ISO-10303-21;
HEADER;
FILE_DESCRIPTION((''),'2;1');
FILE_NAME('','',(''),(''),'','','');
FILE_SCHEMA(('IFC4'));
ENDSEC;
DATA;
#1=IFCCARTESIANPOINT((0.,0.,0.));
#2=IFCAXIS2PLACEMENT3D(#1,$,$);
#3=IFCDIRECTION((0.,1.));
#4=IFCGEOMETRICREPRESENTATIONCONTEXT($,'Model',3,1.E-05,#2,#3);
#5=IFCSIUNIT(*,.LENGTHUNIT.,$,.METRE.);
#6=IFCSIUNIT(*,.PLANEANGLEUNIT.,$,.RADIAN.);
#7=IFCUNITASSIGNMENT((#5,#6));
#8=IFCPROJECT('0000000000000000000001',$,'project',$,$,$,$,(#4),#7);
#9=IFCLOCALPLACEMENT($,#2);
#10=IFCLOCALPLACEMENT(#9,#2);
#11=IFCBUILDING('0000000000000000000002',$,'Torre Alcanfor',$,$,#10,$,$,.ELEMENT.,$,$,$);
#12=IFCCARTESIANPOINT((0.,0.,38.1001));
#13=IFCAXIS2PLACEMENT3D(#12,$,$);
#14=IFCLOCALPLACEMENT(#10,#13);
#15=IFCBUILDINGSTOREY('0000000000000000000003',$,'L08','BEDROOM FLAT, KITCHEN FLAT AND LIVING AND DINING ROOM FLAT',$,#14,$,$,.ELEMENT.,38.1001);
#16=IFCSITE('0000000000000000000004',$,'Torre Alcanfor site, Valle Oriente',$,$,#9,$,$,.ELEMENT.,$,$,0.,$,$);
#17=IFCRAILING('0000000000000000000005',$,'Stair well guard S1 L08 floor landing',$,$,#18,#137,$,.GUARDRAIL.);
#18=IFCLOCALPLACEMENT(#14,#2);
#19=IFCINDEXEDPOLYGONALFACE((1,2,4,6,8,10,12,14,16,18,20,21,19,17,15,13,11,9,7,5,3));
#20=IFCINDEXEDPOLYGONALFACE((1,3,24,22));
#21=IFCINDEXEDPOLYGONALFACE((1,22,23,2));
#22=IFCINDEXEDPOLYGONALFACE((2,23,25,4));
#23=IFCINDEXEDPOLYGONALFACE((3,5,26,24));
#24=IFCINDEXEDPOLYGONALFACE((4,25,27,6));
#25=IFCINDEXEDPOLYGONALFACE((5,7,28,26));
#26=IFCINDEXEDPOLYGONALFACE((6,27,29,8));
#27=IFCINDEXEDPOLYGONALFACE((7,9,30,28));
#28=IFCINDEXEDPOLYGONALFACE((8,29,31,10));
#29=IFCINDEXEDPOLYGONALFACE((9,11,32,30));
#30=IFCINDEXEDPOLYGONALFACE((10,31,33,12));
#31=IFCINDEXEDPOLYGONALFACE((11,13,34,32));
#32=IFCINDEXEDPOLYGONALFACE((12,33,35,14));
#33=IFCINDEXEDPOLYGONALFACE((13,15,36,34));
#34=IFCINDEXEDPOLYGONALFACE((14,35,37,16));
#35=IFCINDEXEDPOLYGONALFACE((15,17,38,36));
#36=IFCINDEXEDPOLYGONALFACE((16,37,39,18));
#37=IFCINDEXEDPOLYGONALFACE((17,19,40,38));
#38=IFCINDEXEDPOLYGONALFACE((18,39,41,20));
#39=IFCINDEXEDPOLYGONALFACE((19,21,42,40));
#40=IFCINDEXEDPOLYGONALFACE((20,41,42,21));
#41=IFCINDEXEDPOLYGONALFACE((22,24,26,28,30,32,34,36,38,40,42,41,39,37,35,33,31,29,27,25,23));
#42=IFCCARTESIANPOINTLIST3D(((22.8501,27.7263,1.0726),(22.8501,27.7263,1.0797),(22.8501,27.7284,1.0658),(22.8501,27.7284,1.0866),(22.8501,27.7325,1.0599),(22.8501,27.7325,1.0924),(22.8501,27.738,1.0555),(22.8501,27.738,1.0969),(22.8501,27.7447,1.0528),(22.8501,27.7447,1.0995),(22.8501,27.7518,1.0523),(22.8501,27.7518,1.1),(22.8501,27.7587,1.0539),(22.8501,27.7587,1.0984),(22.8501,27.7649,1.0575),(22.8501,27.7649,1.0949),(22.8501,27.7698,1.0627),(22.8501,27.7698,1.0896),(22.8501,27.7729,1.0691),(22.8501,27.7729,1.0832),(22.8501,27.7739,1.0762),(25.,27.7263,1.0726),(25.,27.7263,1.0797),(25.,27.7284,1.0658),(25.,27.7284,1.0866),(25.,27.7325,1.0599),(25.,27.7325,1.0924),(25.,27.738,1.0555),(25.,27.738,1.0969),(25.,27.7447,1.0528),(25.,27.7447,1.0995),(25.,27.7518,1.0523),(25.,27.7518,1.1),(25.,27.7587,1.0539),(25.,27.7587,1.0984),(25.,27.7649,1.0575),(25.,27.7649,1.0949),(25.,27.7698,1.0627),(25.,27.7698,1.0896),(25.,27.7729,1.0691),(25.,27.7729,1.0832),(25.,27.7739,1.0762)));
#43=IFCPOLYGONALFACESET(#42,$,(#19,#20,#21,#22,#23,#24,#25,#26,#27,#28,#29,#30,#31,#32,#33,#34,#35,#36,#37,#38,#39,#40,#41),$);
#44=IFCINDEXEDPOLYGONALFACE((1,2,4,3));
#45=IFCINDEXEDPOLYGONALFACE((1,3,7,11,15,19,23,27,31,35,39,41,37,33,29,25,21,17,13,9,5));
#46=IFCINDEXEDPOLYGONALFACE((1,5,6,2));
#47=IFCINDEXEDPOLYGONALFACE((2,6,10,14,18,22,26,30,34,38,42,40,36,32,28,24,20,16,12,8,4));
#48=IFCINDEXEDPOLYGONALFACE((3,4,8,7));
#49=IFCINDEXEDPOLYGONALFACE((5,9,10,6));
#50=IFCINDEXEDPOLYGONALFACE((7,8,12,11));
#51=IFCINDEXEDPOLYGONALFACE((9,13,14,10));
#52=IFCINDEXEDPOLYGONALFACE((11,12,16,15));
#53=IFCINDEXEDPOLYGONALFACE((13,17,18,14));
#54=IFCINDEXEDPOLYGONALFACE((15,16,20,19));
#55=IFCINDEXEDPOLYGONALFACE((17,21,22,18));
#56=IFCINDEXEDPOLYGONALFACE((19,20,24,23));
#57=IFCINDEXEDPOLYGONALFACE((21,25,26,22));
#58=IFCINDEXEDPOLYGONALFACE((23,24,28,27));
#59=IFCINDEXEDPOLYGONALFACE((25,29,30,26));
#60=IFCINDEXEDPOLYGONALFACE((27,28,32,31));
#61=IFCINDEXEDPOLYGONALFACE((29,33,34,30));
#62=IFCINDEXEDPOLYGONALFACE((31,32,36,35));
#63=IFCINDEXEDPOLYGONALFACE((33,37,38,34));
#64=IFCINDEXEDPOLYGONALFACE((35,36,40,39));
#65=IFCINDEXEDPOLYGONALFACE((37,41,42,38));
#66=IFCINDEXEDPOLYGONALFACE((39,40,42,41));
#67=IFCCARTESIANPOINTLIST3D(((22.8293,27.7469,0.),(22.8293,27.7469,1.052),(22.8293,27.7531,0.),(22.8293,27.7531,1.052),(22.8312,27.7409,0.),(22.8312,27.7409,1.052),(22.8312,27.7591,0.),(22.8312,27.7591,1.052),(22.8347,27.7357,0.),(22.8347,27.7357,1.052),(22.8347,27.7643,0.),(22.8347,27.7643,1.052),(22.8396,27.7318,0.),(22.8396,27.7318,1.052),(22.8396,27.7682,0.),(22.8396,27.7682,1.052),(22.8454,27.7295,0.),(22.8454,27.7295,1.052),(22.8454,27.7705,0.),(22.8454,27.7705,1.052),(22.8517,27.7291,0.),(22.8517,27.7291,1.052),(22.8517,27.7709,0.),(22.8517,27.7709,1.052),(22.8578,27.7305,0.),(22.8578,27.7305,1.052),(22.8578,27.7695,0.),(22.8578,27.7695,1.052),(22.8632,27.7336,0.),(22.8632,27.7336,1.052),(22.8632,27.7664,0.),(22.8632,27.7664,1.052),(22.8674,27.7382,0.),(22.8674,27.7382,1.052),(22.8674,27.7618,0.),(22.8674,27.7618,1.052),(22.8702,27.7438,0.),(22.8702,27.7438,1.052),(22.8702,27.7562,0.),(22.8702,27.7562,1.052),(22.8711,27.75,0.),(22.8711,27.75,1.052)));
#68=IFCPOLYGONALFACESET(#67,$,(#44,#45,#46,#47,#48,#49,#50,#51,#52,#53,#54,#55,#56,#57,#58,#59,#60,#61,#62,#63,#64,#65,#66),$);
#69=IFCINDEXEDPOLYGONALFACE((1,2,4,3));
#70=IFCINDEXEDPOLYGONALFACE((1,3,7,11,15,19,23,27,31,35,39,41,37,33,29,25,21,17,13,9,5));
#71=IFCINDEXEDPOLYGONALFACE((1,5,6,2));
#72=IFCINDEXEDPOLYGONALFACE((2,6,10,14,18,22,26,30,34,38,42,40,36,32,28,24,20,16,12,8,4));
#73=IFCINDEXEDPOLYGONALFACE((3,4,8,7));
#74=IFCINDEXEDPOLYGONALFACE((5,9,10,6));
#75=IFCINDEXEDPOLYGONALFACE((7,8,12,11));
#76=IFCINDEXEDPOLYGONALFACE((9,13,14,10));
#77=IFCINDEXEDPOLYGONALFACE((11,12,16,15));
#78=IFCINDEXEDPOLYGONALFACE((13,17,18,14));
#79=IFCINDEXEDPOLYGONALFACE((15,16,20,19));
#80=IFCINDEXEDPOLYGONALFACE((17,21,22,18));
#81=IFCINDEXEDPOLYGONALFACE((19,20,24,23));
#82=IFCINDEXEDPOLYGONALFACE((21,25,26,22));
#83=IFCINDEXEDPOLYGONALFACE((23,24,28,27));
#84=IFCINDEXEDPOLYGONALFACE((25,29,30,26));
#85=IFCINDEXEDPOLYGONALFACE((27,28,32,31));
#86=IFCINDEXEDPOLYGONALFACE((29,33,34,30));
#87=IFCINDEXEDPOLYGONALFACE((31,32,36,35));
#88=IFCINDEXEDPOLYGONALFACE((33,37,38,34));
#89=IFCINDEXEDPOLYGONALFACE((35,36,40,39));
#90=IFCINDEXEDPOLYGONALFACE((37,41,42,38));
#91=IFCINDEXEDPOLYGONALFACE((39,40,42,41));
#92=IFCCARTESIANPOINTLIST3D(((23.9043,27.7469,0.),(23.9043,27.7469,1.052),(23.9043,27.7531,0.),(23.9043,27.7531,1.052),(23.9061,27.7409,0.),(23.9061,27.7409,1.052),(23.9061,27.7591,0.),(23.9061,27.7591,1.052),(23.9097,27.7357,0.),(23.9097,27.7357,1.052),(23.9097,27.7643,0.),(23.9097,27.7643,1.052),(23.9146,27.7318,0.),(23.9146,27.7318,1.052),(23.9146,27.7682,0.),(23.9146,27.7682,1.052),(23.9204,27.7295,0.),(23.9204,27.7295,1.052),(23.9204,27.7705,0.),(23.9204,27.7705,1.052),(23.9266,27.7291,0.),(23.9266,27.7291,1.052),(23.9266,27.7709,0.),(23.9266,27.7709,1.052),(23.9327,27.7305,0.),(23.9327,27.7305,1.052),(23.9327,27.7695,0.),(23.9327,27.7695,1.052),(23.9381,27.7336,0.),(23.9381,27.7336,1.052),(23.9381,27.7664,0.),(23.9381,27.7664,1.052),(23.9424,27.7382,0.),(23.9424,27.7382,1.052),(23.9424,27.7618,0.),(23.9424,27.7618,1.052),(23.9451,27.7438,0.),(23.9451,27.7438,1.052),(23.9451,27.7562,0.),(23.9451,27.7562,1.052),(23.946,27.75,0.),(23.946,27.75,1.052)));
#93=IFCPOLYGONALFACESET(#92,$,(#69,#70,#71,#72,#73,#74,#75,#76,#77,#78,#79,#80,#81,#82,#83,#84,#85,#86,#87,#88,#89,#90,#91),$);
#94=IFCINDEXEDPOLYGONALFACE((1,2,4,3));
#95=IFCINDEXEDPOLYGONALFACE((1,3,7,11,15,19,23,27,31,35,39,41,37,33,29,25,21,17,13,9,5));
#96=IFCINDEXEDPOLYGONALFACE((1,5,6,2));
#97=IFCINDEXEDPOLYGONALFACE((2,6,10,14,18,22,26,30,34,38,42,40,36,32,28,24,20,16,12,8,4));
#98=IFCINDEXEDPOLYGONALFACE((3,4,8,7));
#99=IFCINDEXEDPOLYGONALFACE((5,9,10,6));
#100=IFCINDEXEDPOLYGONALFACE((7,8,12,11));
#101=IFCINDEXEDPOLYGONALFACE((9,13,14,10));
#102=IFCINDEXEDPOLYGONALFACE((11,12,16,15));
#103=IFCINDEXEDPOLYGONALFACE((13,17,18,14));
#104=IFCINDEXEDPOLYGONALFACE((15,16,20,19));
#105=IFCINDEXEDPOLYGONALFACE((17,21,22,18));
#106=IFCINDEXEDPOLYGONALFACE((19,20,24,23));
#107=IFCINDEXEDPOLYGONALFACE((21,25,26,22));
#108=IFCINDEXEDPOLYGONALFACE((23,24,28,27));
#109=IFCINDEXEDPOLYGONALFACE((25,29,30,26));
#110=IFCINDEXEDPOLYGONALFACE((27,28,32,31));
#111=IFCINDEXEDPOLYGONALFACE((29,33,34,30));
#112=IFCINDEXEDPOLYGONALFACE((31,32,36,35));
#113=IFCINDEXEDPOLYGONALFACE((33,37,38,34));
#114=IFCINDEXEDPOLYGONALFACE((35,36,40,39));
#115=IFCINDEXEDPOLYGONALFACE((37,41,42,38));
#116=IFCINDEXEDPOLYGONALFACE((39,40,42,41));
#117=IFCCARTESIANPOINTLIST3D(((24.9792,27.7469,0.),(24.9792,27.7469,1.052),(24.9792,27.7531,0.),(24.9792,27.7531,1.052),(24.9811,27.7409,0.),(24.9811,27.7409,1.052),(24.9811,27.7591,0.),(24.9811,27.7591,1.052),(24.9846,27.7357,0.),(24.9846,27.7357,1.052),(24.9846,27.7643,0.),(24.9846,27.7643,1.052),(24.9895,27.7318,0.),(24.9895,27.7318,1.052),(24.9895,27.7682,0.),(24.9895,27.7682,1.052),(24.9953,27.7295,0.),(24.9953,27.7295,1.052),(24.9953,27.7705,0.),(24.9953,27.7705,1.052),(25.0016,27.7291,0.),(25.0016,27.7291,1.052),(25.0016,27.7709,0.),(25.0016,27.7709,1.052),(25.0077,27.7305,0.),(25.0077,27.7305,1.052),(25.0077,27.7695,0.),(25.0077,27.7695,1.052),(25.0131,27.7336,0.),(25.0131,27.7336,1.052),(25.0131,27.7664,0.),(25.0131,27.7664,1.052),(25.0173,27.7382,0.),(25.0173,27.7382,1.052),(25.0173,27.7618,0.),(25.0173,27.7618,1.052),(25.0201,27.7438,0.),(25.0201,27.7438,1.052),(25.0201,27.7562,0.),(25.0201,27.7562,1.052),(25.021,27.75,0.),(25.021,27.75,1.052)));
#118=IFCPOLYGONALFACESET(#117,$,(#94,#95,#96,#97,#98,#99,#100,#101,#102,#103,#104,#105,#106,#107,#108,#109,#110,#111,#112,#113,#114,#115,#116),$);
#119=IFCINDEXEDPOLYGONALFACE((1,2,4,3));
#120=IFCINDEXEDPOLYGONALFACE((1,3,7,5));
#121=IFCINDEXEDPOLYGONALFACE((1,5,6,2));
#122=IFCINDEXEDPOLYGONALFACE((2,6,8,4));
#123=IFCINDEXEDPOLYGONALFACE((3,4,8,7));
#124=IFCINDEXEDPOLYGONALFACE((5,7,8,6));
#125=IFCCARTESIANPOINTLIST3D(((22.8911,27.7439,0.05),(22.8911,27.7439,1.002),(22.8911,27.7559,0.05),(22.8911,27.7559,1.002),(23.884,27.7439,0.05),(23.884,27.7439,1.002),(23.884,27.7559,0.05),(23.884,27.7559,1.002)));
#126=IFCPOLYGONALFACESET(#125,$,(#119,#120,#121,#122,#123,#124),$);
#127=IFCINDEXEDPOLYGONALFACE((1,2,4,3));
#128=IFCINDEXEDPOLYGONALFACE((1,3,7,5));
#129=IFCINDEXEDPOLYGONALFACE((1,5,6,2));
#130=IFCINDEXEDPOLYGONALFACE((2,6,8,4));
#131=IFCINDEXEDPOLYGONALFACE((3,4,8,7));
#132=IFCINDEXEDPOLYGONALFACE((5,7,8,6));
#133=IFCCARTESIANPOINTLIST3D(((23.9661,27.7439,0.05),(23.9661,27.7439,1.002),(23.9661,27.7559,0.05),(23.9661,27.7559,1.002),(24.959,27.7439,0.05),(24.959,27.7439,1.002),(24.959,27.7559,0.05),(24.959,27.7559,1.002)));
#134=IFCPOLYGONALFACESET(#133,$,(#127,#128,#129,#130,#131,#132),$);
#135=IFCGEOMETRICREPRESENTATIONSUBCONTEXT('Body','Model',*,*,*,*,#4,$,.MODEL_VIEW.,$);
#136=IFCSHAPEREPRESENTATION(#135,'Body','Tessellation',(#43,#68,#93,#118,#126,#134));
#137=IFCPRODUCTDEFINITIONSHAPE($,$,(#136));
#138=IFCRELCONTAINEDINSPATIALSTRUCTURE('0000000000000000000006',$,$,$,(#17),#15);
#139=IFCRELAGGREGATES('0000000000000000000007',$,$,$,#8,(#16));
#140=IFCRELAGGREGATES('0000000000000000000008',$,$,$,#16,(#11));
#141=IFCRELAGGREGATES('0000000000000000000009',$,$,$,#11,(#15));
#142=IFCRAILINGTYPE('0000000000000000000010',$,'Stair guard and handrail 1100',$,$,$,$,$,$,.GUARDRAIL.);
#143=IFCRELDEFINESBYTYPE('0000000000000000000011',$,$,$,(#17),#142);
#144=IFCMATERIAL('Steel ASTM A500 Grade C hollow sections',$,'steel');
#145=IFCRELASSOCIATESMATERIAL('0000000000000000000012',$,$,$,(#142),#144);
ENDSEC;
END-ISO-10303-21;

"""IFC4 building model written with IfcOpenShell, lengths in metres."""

from ifc_helpers import new_model, si_unit, direction, frame, origin, origin_2d, place, context, subcontext, project, spatial, polyline, circle, outline, extrude, material, type_object, element, save


model = new_model("IFC4")

# Units and contexts
model_context = context("Model", 3, precision=1e-05, world=origin(), true_north=direction((0.0, 1.0)))
body_context = subcontext(model_context, "Body", "Model", "MODEL_VIEW")
ifc_project = project(units=[si_unit("LENGTHUNIT", "METRE"), si_unit("PLANEANGLEUNIT", "RADIAN")], contexts=[model_context])

# Site, building, storey
site_placement = place(None, origin())
site = spatial("IfcSite", under=ifc_project, at=site_placement, Name="Torre Alcanfor site, Valle Oriente", CompositionType="ELEMENT", RefElevation=0.0)
building_placement = place(site_placement, origin())
building = spatial("IfcBuilding", under=site, at=building_placement, Name="Torre Alcanfor", CompositionType="ELEMENT")
storey_placement = place(building_placement, frame((0.0, 0.0, 38.1001)))
storey = spatial("IfcBuildingStorey", under=building, at=storey_placement, Name="L08", Description="BEDROOM FLAT, KITCHEN FLAT AND LIVING AND DINING ROOM FLAT", CompositionType="ELEMENT", Elevation=38.1001)

# Railing
ifc_material_1 = material(Name="Steel ASTM A500 Grade C hollow sections", Category="steel")
railing_type_1 = type_object("IfcRailingType", Name="Stair guard and handrail 1100", PredefinedType="GUARDRAIL", material=ifc_material_1)
for number, where, name in (
    (1, (22.8501, 27.75, 0.0), "Stair well guard S1 L08 floor landing"),
):
    element("IfcRailing", number, at=place(storey_placement, frame(where)), inside=storey, type_object=railing_type_1, Name=name, PredefinedType="GUARDRAIL", context=body_context, shape_type="SweptSolid", body=[
        extrude(circle(Radius=0.0239, at=origin_2d()), frame((0.0, 0.0, 1.0762), z_axis=(1.0, 0.0, 0.0), x_axis=(0.0, 1.0, 0.0)), (0.0, 0.0, 1.0), 2.1499),
        extrude(circle(Radius=0.021, at=origin_2d()), origin(), (0.0, 0.0, 1.0), 1.052),
        extrude(circle(Radius=0.021, at=origin_2d()), frame((1.075, 0.0, 0.0)), (0.0, 0.0, 1.0), 1.052),
        extrude(circle(Radius=0.021, at=origin_2d()), frame((2.1499, 0.0, 0.0)), (0.0, 0.0, 1.0), 1.052),
        extrude(outline(polyline([(0.041, 0.05), (1.0339, 0.05), (1.0339, 1.002), (0.041, 1.002), (0.041, 0.05)])), frame((0.0, 0.0059, 0.0), z_axis=(0.0, -1.0, 0.0), x_axis=(1.0, 0.0, 0.0)), (0.0, 0.0, 1.0), 0.012),
        extrude(outline(polyline([(1.116, 0.05), (2.1089, 0.05), (2.1089, 1.002), (1.116, 1.002), (1.116, 0.05)])), frame((0.0, 0.0059, 0.0), z_axis=(0.0, -1.0, 0.0), x_axis=(1.0, 0.0, 0.0)), (0.0, 0.0, 1.0), 0.012),
    ])

save(model, "model.ifc")
